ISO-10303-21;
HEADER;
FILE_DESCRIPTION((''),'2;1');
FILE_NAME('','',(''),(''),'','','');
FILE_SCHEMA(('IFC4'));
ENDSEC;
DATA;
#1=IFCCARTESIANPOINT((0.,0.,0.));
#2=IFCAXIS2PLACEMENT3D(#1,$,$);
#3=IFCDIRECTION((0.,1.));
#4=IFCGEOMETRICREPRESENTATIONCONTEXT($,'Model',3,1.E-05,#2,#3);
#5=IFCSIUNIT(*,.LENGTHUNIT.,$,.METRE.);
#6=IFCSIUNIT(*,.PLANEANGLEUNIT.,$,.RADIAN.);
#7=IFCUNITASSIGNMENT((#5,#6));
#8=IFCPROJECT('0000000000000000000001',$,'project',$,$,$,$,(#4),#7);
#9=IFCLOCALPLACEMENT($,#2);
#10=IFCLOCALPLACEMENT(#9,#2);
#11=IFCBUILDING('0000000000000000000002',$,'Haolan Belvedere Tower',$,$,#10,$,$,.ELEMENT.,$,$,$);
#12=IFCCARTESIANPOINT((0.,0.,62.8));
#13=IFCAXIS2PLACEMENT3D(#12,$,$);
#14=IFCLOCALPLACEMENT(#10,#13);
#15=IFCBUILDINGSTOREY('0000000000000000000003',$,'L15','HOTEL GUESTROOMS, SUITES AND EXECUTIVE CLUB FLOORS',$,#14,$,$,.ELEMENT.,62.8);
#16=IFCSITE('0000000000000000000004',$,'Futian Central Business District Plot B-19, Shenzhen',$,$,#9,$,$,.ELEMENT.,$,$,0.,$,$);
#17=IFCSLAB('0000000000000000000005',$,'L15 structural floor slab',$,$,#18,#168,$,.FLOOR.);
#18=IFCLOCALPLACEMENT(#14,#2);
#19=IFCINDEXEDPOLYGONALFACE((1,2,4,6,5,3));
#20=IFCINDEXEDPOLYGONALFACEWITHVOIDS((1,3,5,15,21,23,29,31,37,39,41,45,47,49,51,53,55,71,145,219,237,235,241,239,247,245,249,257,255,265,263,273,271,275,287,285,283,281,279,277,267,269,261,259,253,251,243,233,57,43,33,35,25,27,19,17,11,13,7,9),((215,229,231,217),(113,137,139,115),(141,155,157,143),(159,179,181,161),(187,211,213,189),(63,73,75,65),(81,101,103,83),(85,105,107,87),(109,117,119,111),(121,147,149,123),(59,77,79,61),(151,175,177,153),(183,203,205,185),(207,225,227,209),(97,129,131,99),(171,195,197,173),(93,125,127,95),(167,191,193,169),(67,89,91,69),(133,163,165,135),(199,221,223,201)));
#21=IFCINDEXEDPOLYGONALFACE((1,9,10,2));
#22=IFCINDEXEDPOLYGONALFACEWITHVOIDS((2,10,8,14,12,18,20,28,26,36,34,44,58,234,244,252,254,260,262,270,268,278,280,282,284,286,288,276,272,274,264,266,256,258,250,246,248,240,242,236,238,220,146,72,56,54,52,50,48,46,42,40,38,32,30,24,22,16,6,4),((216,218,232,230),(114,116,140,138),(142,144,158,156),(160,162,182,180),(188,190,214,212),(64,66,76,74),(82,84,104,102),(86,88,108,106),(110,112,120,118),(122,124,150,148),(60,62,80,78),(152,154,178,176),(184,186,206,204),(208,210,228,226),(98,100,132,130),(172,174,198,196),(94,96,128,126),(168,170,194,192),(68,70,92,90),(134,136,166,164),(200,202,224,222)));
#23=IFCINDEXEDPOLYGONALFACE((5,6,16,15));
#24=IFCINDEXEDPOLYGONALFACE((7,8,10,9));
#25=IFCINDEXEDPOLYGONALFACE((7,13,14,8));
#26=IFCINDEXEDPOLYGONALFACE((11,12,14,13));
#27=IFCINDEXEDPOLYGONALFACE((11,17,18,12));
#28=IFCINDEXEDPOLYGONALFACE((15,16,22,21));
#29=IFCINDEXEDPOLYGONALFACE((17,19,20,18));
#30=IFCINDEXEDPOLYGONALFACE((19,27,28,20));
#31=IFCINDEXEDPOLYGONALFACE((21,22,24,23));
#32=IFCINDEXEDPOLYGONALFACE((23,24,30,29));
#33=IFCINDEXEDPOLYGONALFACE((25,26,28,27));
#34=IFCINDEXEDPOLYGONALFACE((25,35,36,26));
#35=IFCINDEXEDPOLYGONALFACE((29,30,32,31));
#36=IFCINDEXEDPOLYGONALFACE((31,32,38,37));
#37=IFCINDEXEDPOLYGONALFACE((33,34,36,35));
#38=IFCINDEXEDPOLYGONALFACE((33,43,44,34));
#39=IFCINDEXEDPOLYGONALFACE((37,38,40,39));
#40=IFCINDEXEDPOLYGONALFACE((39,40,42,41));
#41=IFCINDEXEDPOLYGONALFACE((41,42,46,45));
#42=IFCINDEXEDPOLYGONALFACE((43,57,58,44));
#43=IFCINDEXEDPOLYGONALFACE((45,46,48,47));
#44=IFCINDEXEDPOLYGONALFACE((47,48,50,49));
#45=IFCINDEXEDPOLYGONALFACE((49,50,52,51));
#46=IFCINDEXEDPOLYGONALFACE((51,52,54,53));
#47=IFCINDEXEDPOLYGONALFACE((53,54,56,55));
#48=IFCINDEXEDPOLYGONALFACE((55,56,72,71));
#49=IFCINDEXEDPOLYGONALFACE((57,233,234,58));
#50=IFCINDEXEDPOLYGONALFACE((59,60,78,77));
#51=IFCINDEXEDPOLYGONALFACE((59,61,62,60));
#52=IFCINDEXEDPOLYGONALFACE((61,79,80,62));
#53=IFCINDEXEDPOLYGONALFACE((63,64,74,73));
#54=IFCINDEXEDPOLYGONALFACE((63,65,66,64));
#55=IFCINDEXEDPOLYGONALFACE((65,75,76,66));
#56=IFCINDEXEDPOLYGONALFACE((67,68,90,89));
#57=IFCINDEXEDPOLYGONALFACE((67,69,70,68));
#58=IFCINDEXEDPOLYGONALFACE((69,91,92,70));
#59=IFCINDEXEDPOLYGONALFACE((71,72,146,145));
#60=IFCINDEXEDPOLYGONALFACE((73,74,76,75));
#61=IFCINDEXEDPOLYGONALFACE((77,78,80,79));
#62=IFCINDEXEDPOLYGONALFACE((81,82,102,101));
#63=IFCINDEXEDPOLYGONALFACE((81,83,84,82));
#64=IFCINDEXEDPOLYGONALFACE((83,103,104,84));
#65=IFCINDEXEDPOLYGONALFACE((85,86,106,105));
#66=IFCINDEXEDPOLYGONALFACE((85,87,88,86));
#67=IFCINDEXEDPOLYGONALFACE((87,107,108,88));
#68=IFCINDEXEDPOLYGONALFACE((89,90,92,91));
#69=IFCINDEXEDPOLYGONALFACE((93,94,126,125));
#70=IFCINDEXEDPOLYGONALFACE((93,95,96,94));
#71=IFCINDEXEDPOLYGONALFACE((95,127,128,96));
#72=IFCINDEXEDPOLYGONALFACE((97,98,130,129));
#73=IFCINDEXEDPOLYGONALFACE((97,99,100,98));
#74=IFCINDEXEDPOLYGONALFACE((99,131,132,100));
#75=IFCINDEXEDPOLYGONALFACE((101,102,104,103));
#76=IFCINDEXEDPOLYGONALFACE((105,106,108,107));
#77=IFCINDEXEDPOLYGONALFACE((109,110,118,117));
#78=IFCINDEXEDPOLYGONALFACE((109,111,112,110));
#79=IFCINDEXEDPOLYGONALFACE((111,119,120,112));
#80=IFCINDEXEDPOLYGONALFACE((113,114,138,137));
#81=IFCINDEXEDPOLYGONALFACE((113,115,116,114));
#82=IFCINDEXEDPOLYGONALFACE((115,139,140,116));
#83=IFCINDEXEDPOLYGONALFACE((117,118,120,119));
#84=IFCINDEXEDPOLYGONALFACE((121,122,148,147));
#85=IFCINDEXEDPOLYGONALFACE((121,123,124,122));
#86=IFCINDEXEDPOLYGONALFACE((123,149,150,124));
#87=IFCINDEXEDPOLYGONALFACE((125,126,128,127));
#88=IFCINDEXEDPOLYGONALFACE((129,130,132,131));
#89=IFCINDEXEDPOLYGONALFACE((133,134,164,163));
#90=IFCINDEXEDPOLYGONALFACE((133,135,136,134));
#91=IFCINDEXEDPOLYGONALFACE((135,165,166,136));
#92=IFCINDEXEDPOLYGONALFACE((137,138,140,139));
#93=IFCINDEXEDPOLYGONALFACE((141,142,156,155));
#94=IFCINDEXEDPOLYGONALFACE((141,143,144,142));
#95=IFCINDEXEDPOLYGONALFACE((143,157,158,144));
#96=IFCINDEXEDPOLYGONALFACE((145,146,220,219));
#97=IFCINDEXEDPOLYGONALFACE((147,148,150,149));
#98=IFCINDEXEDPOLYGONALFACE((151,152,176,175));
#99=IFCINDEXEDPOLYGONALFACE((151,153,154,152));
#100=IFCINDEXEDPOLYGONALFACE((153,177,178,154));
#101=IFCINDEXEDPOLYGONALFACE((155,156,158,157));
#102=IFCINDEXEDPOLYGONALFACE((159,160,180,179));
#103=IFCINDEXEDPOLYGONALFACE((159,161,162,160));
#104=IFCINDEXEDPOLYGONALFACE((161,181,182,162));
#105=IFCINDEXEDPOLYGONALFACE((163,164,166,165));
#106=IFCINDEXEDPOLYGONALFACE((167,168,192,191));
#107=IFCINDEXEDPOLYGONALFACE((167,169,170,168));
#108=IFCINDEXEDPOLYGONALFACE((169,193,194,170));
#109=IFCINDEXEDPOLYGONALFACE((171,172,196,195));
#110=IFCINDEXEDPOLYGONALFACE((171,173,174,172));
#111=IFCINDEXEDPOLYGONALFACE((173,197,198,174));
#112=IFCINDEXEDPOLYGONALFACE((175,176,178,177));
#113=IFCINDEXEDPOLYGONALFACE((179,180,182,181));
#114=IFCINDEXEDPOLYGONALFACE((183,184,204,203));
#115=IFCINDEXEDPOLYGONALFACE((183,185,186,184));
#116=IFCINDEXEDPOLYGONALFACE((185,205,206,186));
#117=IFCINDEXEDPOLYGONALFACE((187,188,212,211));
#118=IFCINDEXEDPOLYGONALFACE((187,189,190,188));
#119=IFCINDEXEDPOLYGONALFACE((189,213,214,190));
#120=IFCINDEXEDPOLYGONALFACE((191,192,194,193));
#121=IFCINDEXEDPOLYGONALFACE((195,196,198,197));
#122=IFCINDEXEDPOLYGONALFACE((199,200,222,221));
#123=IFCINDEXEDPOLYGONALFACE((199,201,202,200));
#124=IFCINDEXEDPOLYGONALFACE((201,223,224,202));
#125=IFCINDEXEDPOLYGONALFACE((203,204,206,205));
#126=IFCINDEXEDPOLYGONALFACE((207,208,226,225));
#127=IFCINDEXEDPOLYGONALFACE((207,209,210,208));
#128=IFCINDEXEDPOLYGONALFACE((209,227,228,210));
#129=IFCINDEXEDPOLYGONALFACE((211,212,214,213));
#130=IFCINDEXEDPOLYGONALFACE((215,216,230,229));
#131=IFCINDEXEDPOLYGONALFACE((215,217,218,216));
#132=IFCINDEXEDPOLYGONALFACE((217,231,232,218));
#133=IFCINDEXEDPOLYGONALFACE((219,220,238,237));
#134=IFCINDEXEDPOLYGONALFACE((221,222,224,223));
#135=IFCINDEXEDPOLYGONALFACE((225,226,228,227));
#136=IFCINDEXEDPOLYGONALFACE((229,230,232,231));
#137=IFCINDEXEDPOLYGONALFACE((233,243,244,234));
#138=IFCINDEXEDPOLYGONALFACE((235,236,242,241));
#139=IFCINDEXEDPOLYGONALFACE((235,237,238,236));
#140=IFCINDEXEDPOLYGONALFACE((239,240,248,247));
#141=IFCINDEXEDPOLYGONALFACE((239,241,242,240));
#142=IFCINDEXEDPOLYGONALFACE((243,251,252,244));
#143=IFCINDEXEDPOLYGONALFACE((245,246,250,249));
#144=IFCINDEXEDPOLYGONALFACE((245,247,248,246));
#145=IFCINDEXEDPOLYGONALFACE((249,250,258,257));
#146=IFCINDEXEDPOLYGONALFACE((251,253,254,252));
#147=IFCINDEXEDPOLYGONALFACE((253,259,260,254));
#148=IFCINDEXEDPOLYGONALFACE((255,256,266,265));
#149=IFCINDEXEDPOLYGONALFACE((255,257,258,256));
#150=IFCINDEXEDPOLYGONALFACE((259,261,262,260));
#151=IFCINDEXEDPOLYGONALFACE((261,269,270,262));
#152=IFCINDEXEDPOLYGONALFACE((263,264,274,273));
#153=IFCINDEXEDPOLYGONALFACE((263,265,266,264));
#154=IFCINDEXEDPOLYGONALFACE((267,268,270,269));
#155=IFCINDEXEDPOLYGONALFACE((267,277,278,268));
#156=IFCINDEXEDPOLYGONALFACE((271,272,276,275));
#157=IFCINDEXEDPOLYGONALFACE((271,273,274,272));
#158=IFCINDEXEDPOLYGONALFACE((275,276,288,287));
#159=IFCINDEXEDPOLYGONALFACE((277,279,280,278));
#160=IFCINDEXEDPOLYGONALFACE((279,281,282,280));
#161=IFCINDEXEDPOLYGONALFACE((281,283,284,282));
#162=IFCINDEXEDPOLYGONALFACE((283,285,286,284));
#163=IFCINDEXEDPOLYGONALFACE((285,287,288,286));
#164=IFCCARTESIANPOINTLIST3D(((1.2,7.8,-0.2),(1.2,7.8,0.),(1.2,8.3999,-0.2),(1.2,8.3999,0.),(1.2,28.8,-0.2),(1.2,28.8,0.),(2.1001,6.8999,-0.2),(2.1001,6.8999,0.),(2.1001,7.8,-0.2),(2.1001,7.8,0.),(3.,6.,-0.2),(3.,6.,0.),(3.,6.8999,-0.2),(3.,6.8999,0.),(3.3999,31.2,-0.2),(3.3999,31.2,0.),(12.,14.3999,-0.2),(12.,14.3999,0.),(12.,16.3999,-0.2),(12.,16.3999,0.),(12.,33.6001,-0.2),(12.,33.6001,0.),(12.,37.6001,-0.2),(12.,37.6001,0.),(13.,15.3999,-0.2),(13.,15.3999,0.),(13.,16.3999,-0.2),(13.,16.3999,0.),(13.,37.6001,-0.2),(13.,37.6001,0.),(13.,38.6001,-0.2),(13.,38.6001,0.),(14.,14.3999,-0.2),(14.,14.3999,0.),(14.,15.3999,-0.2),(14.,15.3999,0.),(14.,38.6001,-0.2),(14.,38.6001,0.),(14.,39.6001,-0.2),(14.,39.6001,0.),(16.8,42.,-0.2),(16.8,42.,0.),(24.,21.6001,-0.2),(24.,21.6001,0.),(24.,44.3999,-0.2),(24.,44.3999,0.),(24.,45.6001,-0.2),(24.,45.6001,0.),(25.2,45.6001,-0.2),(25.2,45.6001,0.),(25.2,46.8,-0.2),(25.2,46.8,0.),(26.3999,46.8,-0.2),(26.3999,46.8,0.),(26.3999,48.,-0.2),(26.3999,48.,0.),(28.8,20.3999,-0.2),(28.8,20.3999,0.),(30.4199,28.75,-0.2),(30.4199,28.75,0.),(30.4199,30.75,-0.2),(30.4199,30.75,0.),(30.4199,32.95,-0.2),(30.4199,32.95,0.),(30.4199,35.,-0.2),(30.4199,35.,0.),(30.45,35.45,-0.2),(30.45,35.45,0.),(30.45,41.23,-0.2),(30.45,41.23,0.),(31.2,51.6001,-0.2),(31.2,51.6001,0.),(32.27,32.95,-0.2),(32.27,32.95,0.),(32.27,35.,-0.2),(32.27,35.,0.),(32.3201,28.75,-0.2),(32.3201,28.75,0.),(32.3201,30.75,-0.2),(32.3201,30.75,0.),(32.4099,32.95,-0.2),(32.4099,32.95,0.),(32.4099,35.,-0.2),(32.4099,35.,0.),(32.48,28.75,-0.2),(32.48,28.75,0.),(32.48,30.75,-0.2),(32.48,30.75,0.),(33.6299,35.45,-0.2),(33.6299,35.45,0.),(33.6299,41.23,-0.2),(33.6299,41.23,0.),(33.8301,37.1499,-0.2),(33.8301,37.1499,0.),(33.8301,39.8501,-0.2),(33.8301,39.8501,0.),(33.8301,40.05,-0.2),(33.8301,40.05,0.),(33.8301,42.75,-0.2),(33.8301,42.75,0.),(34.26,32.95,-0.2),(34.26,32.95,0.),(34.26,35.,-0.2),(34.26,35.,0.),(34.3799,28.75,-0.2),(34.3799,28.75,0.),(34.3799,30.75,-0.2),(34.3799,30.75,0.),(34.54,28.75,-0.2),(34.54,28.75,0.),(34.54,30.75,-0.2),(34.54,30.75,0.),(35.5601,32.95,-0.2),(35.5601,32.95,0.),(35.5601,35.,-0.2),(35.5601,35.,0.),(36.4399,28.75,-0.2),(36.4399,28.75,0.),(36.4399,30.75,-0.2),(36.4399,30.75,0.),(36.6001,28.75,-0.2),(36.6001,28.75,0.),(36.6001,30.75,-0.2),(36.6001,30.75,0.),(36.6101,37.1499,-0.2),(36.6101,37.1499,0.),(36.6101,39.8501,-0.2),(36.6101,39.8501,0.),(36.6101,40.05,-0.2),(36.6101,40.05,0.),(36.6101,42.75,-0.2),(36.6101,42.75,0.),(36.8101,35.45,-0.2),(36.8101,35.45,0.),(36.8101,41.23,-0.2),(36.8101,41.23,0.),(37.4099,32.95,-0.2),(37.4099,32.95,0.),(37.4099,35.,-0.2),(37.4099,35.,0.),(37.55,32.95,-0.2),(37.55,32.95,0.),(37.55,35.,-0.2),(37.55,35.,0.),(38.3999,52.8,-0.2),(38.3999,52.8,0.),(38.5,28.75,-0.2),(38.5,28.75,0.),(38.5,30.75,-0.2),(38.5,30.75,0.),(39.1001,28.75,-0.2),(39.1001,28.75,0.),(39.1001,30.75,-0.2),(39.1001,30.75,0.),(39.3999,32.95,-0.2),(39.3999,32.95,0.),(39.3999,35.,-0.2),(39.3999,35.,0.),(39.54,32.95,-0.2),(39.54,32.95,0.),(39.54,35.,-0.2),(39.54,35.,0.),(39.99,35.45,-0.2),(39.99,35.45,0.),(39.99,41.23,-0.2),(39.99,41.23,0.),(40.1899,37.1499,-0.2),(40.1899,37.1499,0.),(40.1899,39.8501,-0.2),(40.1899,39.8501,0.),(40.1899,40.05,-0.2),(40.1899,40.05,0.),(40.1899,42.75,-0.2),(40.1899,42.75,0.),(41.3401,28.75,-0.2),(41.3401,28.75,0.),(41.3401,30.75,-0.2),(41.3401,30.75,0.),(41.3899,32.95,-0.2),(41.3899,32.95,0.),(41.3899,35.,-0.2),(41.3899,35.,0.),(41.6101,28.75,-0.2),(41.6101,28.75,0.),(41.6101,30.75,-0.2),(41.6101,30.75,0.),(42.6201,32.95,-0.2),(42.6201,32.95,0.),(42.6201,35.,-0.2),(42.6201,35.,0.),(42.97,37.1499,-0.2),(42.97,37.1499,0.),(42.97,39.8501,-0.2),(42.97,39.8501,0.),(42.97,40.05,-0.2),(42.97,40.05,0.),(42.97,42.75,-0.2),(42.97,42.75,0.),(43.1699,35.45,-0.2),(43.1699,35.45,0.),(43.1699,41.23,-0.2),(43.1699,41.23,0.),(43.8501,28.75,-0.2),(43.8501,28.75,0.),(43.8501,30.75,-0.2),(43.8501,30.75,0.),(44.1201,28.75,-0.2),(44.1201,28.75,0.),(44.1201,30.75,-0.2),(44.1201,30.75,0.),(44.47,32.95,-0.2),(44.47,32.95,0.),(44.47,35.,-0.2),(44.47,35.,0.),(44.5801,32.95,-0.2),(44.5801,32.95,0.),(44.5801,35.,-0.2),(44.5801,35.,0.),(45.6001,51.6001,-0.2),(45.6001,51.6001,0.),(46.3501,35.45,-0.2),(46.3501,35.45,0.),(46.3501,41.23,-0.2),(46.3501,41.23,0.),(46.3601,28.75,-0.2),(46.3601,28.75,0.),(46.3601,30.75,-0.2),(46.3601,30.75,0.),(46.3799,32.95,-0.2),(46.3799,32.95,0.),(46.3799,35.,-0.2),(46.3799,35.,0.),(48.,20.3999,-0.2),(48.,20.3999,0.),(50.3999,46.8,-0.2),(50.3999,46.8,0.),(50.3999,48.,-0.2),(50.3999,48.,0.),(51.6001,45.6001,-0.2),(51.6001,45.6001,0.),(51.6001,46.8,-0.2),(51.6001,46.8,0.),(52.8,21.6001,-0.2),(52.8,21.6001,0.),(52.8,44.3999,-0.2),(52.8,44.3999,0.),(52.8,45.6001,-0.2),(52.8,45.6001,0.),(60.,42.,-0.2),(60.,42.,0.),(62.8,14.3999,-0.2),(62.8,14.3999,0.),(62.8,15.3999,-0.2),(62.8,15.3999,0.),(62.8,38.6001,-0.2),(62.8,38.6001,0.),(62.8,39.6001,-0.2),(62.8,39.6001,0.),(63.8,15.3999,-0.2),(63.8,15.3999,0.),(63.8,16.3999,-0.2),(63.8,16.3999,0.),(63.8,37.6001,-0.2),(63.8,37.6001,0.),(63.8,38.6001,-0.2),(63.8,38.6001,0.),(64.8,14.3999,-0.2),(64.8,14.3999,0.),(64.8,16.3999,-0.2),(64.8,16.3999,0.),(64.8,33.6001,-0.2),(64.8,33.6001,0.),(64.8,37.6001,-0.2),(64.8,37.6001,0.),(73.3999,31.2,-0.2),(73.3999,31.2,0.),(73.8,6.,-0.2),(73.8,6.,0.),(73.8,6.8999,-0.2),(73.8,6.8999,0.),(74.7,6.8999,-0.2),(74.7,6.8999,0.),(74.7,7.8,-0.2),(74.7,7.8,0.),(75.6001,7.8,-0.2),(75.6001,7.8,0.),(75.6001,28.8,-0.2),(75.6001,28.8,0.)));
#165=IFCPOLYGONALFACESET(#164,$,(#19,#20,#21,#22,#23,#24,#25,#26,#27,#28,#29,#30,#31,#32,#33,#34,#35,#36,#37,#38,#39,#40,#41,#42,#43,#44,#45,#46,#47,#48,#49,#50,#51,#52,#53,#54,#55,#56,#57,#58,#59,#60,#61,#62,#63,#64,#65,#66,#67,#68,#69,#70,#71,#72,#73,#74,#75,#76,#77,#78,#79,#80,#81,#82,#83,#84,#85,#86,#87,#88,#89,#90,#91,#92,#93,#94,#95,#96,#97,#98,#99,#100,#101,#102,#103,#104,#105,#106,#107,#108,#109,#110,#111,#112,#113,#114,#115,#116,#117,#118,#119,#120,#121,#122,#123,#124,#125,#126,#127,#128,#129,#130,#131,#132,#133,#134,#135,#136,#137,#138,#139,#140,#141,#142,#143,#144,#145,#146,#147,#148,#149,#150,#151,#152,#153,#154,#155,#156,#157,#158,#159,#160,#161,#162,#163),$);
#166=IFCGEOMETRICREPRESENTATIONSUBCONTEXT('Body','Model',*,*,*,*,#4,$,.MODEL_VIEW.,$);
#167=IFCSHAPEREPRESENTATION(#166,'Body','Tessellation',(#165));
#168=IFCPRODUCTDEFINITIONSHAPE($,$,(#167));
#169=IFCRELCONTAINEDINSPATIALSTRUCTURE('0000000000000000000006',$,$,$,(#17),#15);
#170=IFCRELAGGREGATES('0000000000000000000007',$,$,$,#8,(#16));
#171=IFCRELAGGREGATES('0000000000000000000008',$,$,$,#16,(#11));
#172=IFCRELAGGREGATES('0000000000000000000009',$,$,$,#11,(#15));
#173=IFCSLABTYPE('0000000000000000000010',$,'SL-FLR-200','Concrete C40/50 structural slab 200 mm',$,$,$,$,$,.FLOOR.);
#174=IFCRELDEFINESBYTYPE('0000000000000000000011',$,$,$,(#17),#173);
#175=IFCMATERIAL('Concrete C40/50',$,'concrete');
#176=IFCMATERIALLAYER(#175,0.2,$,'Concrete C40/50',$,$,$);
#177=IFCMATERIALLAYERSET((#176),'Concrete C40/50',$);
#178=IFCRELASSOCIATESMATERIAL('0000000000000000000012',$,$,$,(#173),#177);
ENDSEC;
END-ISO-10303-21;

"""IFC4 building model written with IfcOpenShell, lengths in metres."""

from ifc_helpers import new_model, si_unit, direction, frame, origin, place, context, subcontext, project, spatial, polyline, outline, extrude, material, layer, layer_set, type_object, element, save


model = new_model("IFC4")

# Units and contexts
model_context = context("Model", 3, precision=1e-05, world=origin(), true_north=direction((0.0, 1.0)))
body_context = subcontext(model_context, "Body", "Model", "MODEL_VIEW")
ifc_project = project(units=[si_unit("LENGTHUNIT", "METRE"), si_unit("PLANEANGLEUNIT", "RADIAN")], contexts=[model_context])

# Site, building, storey
site_placement = place(None, origin())
site = spatial("IfcSite", under=ifc_project, at=site_placement, Name="Futian Central Business District Plot B-19, Shenzhen", CompositionType="ELEMENT", RefElevation=0.0)
building_placement = place(site_placement, origin())
building = spatial("IfcBuilding", under=site, at=building_placement, Name="Haolan Belvedere Tower", CompositionType="ELEMENT")
storey_placement = place(building_placement, frame((0.0, 0.0, 62.8)))
storey = spatial("IfcBuildingStorey", under=building, at=storey_placement, Name="L15", Description="HOTEL GUESTROOMS, SUITES AND EXECUTIVE CLUB FLOORS", CompositionType="ELEMENT", Elevation=62.8)

# Slab
ifc_material_1 = material(Name="Concrete C40/50", Category="concrete")
ifc_layer_1 = layer(ifc_material_1, 0.2, Name="Concrete C40/50")
ifc_layer_set_1 = layer_set([ifc_layer_1], Name="Concrete C40/50")
slab_type_1 = type_object("IfcSlabType", Name="SL-FLR-200", Description="Concrete C40/50 structural slab 200 mm", PredefinedType="FLOOR", material=ifc_layer_set_1)
slab_1_placement = place(storey_placement, frame((0.0, 0.0, -0.2)))
element("IfcSlab", 1, at=slab_1_placement, inside=storey, type_object=slab_type_1, Name="L15 structural floor slab", PredefinedType="FLOOR", context=body_context, shape_type="SweptSolid", body=[
    extrude(outline(polyline([(1.2, 28.8), (1.2, 8.3999), (1.2, 7.8), (2.1001, 7.8), (2.1001, 6.8999), (3.0, 6.8999), (3.0, 6.0), (12.0, 14.3999), (12.0, 16.3999), (13.0, 16.3999), (13.0, 15.3999), (14.0, 15.3999), (14.0, 14.3999), (24.0, 21.6001), (28.8, 20.3999), (48.0, 20.3999), (52.8, 21.6001), (62.8, 14.3999), (62.8, 15.3999), (63.8, 15.3999), (63.8, 16.3999), (64.8, 16.3999), (64.8, 14.3999), (73.8, 6.0), (73.8, 6.8999), (74.7, 6.8999), (74.7, 7.8), (75.6001, 7.8), (75.6001, 28.8), (73.3999, 31.2), (64.8, 33.6001), (64.8, 37.6001), (63.8, 37.6001), (63.8, 38.6001), (62.8, 38.6001), (62.8, 39.6001), (60.0, 42.0), (52.8, 44.3999), (52.8, 45.6001), (51.6001, 45.6001), (51.6001, 46.8), (50.3999, 46.8), (50.3999, 48.0), (45.6001, 51.6001), (38.3999, 52.8), (31.2, 51.6001), (26.3999, 48.0), (26.3999, 46.8), (25.2, 46.8), (25.2, 45.6001), (24.0, 45.6001), (24.0, 44.3999), (16.8, 42.0), (14.0, 39.6001), (14.0, 38.6001), (13.0, 38.6001), (13.0, 37.6001), (12.0, 37.6001), (12.0, 33.6001), (3.3999, 31.2), (1.2, 28.8)]), holes=[polyline([(30.45, 41.23), (30.45, 35.45), (33.6299, 35.45), (33.6299, 41.23), (30.45, 41.23)]), polyline([(36.8101, 41.23), (36.8101, 35.45), (39.99, 35.45), (39.99, 41.23), (36.8101, 41.23)]), polyline([(43.1699, 41.23), (43.1699, 35.45), (46.3501, 35.45), (46.3501, 41.23), (43.1699, 41.23)]), polyline([(33.8301, 40.05), (36.6101, 40.05), (36.6101, 42.75), (33.8301, 42.75), (33.8301, 40.05)]), polyline([(33.8301, 37.1499), (36.6101, 37.1499), (36.6101, 39.8501), (33.8301, 39.8501), (33.8301, 37.1499)]), polyline([(40.1899, 40.05), (42.97, 40.05), (42.97, 42.75), (40.1899, 42.75), (40.1899, 40.05)]), polyline([(40.1899, 37.1499), (42.97, 37.1499), (42.97, 39.8501), (40.1899, 39.8501), (40.1899, 37.1499)]), polyline([(30.4199, 32.95), (32.27, 32.95), (32.27, 35.0), (30.4199, 35.0), (30.4199, 32.95)]), polyline([(32.4099, 32.95), (34.26, 32.95), (34.26, 35.0), (32.4099, 35.0), (32.4099, 32.95)]), polyline([(35.5601, 32.95), (37.4099, 32.95), (37.4099, 35.0), (35.5601, 35.0), (35.5601, 32.95)]), polyline([(37.55, 32.95), (39.3999, 32.95), (39.3999, 35.0), (37.55, 35.0), (37.55, 32.95)]), polyline([(39.54, 32.95), (41.3899, 32.95), (41.3899, 35.0), (39.54, 35.0), (39.54, 32.95)]), polyline([(42.6201, 32.95), (44.47, 32.95), (44.47, 35.0), (42.6201, 35.0), (42.6201, 32.95)]), polyline([(44.5801, 32.95), (46.3799, 32.95), (46.3799, 35.0), (44.5801, 35.0), (44.5801, 32.95)]), polyline([(30.4199, 28.75), (32.3201, 28.75), (32.3201, 30.75), (30.4199, 30.75), (30.4199, 28.75)]), polyline([(32.48, 28.75), (34.3799, 28.75), (34.3799, 30.75), (32.48, 30.75), (32.48, 28.75)]), polyline([(34.54, 28.75), (36.4399, 28.75), (36.4399, 30.75), (34.54, 30.75), (34.54, 28.75)]), polyline([(36.6001, 28.75), (38.5, 28.75), (38.5, 30.75), (36.6001, 30.75), (36.6001, 28.75)]), polyline([(39.1001, 28.75), (41.3401, 28.75), (41.3401, 30.75), (39.1001, 30.75), (39.1001, 28.75)]), polyline([(41.6101, 28.75), (43.8501, 28.75), (43.8501, 30.75), (41.6101, 30.75), (41.6101, 28.75)]), polyline([(44.1201, 28.75), (46.3601, 28.75), (46.3601, 30.75), (44.1201, 30.75), (44.1201, 28.75)])]), origin(), (0.0, 0.0, 1.0), 0.2),
])

save(model, "model.ifc")
